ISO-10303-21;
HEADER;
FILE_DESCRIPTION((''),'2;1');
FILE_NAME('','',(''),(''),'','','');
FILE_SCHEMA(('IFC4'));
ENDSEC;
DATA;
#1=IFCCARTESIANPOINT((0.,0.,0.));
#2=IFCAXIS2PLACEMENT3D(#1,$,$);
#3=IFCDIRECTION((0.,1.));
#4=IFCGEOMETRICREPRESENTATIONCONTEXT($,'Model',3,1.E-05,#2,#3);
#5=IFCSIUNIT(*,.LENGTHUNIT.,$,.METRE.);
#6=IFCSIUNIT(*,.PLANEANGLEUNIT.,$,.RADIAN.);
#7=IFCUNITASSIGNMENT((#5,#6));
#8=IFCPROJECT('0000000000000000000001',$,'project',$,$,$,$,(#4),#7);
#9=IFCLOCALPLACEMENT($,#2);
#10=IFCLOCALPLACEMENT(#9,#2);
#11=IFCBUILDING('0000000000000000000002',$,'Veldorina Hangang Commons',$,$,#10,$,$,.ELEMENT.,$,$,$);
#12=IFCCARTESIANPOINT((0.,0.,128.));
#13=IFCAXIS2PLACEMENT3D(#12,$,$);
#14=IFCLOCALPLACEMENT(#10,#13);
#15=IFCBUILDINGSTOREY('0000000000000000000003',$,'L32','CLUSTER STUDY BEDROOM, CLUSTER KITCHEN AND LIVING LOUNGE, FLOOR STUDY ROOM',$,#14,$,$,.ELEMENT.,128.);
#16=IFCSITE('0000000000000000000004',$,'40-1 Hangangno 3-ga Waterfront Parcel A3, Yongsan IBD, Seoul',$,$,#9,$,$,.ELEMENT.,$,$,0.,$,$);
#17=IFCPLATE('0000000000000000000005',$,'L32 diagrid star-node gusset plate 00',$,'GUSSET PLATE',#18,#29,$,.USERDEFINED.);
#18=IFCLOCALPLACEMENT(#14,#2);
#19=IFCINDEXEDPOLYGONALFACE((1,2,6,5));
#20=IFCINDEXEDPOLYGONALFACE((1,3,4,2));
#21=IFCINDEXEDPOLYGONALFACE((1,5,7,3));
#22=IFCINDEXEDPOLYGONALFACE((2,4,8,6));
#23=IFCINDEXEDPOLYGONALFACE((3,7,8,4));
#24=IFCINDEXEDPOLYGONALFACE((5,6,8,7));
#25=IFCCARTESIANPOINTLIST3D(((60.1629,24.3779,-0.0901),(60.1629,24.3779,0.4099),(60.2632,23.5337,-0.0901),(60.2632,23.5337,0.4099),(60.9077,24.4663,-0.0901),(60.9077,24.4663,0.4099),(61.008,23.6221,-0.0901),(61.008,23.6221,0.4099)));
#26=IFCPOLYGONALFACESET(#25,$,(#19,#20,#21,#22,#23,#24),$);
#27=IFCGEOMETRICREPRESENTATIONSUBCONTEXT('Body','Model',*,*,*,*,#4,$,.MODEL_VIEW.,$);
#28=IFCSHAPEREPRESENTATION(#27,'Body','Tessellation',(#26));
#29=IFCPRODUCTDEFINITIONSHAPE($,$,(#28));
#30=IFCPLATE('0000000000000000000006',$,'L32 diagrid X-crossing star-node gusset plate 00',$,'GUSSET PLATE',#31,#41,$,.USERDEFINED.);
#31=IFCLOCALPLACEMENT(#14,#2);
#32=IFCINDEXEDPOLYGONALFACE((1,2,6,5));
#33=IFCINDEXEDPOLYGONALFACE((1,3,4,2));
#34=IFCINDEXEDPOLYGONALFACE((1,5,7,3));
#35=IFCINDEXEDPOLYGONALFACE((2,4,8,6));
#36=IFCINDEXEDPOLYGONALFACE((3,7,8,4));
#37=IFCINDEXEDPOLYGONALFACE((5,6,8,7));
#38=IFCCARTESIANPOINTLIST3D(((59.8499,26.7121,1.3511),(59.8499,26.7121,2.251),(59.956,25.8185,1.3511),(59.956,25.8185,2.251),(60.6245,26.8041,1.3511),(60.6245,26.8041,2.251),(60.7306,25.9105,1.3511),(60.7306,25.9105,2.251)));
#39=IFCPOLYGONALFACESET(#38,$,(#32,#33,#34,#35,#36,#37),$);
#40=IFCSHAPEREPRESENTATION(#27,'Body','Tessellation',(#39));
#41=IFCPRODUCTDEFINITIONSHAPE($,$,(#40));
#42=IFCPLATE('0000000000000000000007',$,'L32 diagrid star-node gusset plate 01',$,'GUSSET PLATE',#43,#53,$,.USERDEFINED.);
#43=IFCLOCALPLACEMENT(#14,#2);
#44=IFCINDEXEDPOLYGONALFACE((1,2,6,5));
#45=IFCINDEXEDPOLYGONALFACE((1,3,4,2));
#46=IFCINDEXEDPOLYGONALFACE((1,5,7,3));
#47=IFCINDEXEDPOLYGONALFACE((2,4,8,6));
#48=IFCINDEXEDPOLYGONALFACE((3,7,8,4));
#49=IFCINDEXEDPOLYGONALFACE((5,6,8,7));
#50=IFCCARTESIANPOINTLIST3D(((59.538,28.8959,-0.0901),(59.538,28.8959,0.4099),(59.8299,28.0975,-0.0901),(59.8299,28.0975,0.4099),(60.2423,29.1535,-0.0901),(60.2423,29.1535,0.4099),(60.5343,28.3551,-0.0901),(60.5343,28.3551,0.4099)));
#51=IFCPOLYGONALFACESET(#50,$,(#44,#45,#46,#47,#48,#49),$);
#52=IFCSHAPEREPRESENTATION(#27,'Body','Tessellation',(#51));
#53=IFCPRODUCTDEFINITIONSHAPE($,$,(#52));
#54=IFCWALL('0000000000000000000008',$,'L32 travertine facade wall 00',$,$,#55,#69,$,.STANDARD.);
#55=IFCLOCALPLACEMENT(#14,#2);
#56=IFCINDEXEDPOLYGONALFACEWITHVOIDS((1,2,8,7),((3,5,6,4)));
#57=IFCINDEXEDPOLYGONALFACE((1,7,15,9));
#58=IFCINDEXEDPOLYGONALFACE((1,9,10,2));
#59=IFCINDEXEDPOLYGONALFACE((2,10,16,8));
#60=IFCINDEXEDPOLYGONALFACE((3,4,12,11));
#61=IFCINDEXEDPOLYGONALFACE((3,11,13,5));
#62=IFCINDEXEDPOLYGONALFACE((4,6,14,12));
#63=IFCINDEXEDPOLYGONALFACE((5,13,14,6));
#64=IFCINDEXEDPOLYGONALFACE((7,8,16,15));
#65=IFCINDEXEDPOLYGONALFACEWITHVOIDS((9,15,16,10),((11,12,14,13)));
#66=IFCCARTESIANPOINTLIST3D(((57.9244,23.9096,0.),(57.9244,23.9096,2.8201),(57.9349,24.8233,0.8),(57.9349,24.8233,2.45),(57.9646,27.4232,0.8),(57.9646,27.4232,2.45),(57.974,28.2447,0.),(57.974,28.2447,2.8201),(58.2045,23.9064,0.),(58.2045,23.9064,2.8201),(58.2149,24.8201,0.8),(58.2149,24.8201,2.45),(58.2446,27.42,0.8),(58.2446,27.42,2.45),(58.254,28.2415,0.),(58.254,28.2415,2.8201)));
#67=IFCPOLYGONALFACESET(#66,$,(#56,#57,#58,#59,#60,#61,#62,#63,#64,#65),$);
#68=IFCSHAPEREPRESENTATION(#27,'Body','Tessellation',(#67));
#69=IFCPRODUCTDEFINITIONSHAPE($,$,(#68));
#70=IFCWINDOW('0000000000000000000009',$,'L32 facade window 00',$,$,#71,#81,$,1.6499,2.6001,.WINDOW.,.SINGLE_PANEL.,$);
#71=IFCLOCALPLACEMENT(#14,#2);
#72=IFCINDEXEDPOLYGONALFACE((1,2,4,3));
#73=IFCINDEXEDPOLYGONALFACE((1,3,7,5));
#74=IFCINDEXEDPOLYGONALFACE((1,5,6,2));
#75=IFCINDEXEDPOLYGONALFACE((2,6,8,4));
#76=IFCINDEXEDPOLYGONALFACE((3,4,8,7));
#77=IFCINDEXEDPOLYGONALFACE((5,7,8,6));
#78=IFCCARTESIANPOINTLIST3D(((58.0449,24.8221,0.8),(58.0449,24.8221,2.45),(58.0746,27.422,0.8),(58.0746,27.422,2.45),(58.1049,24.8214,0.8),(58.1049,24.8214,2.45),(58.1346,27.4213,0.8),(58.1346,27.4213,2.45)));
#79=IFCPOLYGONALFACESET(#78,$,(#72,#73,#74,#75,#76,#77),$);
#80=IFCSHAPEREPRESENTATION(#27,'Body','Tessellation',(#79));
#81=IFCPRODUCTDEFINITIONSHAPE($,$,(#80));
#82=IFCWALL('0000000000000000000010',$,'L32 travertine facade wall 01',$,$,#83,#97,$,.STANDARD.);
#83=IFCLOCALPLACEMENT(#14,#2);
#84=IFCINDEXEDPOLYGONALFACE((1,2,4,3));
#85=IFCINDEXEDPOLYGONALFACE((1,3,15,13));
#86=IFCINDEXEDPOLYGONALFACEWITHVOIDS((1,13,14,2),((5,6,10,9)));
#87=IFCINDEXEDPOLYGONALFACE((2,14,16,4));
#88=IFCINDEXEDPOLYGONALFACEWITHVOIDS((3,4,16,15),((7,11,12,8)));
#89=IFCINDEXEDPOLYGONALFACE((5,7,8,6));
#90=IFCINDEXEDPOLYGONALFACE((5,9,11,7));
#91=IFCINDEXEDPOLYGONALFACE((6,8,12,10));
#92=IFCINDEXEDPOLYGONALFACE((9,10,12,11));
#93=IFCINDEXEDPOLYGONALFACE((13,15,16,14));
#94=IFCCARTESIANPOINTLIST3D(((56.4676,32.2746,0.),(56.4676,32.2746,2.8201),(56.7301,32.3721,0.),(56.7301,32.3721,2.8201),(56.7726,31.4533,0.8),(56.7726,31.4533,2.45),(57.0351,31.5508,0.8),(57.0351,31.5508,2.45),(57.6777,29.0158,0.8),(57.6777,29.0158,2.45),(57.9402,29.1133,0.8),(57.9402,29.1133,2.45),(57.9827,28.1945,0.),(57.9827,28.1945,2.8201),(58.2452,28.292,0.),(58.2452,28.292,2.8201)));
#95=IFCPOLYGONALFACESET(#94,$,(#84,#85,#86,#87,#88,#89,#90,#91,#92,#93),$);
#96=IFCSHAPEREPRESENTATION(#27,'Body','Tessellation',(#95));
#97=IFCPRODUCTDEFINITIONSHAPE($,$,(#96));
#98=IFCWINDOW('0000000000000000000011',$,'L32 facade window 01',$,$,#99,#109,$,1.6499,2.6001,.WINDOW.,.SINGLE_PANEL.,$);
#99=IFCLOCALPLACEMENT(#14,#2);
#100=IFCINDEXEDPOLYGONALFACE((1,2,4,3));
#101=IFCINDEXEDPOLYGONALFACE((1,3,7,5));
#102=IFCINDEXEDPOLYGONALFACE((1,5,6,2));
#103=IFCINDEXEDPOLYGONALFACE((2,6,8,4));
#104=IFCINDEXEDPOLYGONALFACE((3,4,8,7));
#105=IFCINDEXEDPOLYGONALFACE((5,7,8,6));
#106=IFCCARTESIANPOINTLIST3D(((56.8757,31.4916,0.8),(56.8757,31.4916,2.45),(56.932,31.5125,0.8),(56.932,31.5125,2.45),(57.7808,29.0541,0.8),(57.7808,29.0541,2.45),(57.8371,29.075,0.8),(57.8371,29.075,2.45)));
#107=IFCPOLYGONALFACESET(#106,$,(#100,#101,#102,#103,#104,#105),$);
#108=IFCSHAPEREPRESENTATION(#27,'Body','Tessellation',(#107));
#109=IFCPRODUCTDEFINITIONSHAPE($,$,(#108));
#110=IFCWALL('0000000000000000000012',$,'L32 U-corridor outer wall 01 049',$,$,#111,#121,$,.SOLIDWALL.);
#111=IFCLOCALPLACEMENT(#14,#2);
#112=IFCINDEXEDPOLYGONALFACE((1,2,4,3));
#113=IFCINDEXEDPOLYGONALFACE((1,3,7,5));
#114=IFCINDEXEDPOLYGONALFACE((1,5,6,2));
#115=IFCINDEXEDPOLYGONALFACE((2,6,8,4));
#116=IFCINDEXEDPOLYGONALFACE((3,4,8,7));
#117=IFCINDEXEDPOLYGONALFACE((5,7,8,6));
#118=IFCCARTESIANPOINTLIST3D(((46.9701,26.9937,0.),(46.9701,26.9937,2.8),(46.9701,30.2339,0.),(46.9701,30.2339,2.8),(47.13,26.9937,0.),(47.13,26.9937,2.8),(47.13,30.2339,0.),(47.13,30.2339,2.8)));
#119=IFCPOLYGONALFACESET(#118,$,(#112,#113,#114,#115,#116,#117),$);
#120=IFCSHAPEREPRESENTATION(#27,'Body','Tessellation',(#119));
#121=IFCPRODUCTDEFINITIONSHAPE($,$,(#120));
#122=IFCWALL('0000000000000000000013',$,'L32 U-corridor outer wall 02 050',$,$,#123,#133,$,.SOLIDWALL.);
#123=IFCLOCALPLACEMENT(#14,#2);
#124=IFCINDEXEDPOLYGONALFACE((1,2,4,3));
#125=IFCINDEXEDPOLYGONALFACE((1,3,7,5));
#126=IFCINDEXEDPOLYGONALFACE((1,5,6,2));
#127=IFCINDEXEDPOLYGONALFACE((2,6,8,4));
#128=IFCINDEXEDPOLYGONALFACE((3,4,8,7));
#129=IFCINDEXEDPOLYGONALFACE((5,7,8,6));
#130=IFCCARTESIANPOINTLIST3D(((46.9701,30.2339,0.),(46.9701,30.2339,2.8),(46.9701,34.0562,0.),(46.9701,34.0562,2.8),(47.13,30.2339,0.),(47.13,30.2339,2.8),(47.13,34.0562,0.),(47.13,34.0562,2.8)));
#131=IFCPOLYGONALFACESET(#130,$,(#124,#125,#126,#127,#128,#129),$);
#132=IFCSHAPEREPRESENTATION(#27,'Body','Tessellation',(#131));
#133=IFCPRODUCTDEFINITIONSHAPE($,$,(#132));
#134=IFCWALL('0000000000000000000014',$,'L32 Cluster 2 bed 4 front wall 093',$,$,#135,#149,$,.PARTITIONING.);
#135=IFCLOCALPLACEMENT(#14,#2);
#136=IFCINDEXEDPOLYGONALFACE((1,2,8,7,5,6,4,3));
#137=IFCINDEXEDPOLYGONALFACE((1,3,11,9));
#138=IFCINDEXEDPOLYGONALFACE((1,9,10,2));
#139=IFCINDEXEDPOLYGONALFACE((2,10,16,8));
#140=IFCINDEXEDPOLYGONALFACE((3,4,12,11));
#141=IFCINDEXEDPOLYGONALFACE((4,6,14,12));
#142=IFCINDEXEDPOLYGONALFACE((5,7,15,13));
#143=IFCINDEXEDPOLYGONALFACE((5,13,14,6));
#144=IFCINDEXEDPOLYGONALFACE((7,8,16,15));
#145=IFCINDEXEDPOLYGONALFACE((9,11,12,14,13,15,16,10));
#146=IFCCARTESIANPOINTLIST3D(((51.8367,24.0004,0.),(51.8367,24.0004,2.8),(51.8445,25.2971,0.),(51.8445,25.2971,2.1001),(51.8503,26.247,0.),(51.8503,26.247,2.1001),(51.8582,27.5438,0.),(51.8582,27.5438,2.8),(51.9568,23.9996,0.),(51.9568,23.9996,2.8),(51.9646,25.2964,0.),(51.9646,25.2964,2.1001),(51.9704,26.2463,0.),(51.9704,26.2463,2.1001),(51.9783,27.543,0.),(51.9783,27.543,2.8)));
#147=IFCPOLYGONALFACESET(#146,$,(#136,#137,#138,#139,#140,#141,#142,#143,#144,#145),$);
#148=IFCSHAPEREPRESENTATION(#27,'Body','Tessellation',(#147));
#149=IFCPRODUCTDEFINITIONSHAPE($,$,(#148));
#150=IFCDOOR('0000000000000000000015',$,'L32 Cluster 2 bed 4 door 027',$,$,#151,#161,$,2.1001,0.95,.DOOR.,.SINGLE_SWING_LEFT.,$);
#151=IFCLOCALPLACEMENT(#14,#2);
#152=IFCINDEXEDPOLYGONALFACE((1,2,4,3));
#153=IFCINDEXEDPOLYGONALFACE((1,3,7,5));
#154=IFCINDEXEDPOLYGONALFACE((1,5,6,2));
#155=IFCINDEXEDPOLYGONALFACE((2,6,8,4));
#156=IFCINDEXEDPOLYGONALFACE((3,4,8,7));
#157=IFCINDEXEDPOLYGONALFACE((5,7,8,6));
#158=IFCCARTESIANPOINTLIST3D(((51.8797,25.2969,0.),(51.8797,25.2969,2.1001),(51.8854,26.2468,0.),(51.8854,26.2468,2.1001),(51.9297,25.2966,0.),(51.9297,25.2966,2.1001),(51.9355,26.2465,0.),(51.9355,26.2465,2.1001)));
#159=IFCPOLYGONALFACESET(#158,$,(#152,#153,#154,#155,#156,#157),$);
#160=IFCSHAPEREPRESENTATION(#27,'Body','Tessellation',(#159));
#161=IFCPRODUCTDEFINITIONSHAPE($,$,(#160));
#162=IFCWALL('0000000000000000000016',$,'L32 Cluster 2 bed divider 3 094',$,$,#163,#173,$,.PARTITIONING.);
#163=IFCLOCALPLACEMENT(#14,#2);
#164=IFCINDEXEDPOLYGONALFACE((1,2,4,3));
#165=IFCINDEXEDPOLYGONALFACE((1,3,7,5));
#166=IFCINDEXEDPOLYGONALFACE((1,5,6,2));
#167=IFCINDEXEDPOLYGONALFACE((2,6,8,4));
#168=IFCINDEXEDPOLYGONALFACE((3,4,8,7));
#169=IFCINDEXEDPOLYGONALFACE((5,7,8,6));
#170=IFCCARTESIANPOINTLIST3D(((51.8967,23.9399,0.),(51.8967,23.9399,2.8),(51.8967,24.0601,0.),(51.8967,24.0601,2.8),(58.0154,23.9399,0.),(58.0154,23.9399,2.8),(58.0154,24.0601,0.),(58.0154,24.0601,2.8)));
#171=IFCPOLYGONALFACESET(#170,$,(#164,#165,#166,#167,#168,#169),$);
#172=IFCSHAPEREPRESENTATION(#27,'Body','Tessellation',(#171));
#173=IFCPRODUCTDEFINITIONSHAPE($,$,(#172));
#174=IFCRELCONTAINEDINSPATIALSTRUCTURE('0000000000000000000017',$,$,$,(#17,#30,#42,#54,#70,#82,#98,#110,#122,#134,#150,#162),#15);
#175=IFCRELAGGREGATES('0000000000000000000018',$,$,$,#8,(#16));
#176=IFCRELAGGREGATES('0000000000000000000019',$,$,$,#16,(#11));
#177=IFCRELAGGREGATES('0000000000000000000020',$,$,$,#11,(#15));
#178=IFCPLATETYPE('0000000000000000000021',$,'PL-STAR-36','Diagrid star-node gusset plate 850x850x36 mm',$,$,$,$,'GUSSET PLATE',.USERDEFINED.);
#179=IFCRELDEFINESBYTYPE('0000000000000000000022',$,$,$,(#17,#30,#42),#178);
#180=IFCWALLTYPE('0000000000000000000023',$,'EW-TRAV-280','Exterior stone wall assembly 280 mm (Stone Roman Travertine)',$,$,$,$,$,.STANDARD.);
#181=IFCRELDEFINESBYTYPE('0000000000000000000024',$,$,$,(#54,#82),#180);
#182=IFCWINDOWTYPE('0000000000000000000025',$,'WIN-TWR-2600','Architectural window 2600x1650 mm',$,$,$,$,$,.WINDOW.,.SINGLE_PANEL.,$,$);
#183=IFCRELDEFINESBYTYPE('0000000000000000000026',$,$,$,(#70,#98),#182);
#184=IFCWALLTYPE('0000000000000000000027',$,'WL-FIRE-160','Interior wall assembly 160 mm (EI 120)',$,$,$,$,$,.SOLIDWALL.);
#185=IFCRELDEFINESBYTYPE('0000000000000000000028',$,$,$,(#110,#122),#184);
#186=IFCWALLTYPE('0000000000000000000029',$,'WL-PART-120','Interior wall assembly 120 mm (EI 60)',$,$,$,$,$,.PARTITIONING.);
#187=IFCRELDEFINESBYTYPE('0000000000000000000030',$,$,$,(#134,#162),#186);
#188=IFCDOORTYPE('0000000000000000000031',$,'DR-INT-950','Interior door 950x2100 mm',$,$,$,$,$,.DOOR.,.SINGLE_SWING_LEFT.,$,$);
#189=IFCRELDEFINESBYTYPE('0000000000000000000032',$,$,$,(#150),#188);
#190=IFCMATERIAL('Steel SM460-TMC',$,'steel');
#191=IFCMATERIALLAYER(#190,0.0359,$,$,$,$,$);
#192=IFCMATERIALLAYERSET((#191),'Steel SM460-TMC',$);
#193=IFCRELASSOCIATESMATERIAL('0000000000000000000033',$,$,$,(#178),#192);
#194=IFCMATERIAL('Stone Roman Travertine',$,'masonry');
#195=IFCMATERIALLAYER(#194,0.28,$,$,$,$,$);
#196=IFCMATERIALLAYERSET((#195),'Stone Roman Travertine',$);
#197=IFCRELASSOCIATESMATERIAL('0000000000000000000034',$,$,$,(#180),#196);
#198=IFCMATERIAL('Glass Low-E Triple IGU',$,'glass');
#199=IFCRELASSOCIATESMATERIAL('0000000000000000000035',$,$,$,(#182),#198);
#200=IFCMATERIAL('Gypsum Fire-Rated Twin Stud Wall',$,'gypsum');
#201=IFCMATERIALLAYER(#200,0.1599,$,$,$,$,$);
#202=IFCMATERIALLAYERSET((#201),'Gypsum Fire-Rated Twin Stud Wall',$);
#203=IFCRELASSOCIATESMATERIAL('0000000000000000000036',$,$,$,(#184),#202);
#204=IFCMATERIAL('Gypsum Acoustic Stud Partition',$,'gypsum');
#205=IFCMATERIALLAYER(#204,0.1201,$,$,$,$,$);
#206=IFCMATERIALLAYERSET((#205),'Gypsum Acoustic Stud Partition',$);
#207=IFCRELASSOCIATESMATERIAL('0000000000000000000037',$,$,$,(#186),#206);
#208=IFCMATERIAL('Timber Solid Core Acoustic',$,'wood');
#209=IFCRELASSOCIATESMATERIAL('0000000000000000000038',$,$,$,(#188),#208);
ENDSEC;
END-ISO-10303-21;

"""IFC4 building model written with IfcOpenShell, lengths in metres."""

from ifc_helpers import new_model, si_unit, direction, frame, frame_2d, origin, origin_2d, place, context, subcontext, project, spatial, rectangle, extrude, material, layer, layer_set, type_object, element, fill, save


model = new_model("IFC4")

# Units and contexts
model_context = context("Model", 3, precision=1e-05, world=origin(), true_north=direction((0.0, 1.0)))
body_context = subcontext(model_context, "Body", "Model", "MODEL_VIEW")
ifc_project = project(units=[si_unit("LENGTHUNIT", "METRE"), si_unit("PLANEANGLEUNIT", "RADIAN")], contexts=[model_context])

# Site, building, storey
site_placement = place(None, origin())
site = spatial("IfcSite", under=ifc_project, at=site_placement, Name="40-1 Hangangno 3-ga Waterfront Parcel A3, Yongsan IBD, Seoul", CompositionType="ELEMENT", RefElevation=0.0)
building_placement = place(site_placement, origin())
building = spatial("IfcBuilding", under=site, at=building_placement, Name="Veldorina Hangang Commons", CompositionType="ELEMENT")
storey_placement = place(building_placement, frame((0.0, 0.0, 128.0)))
storey = spatial("IfcBuildingStorey", under=building, at=storey_placement, Name="L32", Description="CLUSTER STUDY BEDROOM, CLUSTER KITCHEN AND LIVING LOUNGE, FLOOR STUDY ROOM", CompositionType="ELEMENT", Elevation=128.0)

# Shared definitions
ifc_material_1 = material(Name="Glass Low-E Triple IGU", Category="glass")

# Plates
ifc_material_2 = material(Name="Steel SM460-TMC", Category="steel")
ifc_layer_1 = layer(ifc_material_2, 0.0359)
ifc_layer_set_1 = layer_set([ifc_layer_1], Name="Steel SM460-TMC")
plate_type = type_object("IfcPlateType", Name="PL-STAR-36", Description="Diagrid star-node gusset plate 850x850x36 mm", ElementType="GUSSET PLATE", PredefinedType="USERDEFINED", material=ifc_layer_set_1)
plate_1_placement = place(storey_placement, frame((60.5854, 24.0, -0.0901), z_axis=(0.0, 0.0, 1.0), x_axis=(-0.117919, 0.993023, 0.0)))
element("IfcPlate", 1, at=plate_1_placement, inside=storey, type_object=plate_type, Name="L32 diagrid star-node gusset plate 00", ObjectType="GUSSET PLATE", PredefinedType="USERDEFINED", context=body_context, shape_type="SweptSolid", body=[
    extrude(rectangle(XDim=0.8501, YDim=0.75, at=origin_2d()), origin(), (0.0, 0.0, 1.0), 0.5),
])
plate_2_placement = place(storey_placement, frame((60.2903, 26.3113, 1.3511), z_axis=(0.0, 0.0, 1.0), x_axis=(-0.117919, 0.993023, 0.0)))
element("IfcPlate", 2, at=plate_2_placement, inside=storey, type_object=plate_type, Name="L32 diagrid X-crossing star-node gusset plate 00", ObjectType="GUSSET PLATE", PredefinedType="USERDEFINED", context=body_context, shape_type="SweptSolid", body=[
    extrude(rectangle(XDim=0.8999, YDim=0.78, at=origin_2d()), origin(), (0.0, 0.0, 1.0), 0.8999),
])
plate_3_placement = place(storey_placement, frame((60.0361, 28.6255, -0.0901), z_axis=(0.0, 0.0, 1.0), x_axis=(-0.343463, 0.939166, 0.0)))
element("IfcPlate", 3, at=plate_3_placement, inside=storey, type_object=plate_type, Name="L32 diagrid star-node gusset plate 01", ObjectType="GUSSET PLATE", PredefinedType="USERDEFINED", context=body_context, shape_type="SweptSolid", body=[
    extrude(rectangle(XDim=0.8501, YDim=0.75, at=origin_2d()), origin(), (0.0, 0.0, 1.0), 0.5),
])

# Walls, openings, windows
ifc_material_3 = material(Name="Stone Roman Travertine", Category="masonry")
ifc_layer_2 = layer(ifc_material_3, 0.28)
ifc_layer_set_2 = layer_set([ifc_layer_2], Name="Stone Roman Travertine")
wall_type_1 = type_object("IfcWallType", Name="EW-TRAV-280", Description="Exterior stone wall assembly 280 mm (Stone Roman Travertine)", PredefinedType="STANDARD", material=ifc_layer_set_2)
wall_1_placement = place(storey_placement, frame((58.0645, 23.908, 0.0), z_axis=(0.0, 0.0, 1.0), x_axis=(0.011431, 0.999935, 0.0)))
wall_1 = element("IfcWall", 4, at=wall_1_placement, inside=storey, type_object=wall_type_1, Name="L32 travertine facade wall 00", PredefinedType="STANDARD", context=body_context, shape_type="SweptSolid", body=[
    extrude(rectangle(XDim=4.3354, YDim=0.28, at=frame_2d((2.1677, 0.0))), origin(), (0.0, 0.0, 1.0), 2.8201),
])
opening_1_placement = place(wall_1_placement, frame((0.9138, 0.0, 0.8)))
opening_1 = element("IfcOpeningElement", 5, at=opening_1_placement, cuts=wall_1, PredefinedType="OPENING", context=body_context, shape_type="SweptSolid", body=[
    extrude(rectangle(XDim=2.6001, YDim=1.6499, at=frame_2d((1.3, 0.825))), frame((0.0, 0.1499, 0.0), z_axis=(0.0, -1.0, 0.0), x_axis=(1.0, 0.0, 0.0)), (0.0, 0.0, 1.0), 0.3),
])
window_type = type_object("IfcWindowType", Name="WIN-TWR-2600", Description="Architectural window 2600x1650 mm", PartitioningType="SINGLE_PANEL", PredefinedType="WINDOW", material=ifc_material_1)
window_1_placement = place(opening_1_placement, origin())
window_1 = element("IfcWindow", 6, at=window_1_placement, inside=storey, type_object=window_type, Name="L32 facade window 00", OverallHeight=1.6499, OverallWidth=2.6001, PartitioningType="SINGLE_PANEL", PredefinedType="WINDOW", context=body_context, shape_type="SweptSolid", body=[
    extrude(rectangle(XDim=2.6001, YDim=1.6499, at=frame_2d((1.3, 0.825))), frame((0.0, 0.03, 0.0), z_axis=(0.0, -1.0, 0.0), x_axis=(1.0, 0.0, 0.0)), (0.0, 0.0, 1.0), 0.0601),
])
fill(opening_1, window_1)
wall_2_placement = place(storey_placement, frame((58.114, 28.2432, 0.0), z_axis=(0.0, 0.0, 1.0), x_axis=(-0.348122, 0.937449, 0.0)))
wall_2 = element("IfcWall", 7, at=wall_2_placement, inside=storey, type_object=wall_type_1, Name="L32 travertine facade wall 01", PredefinedType="STANDARD", context=body_context, shape_type="SweptSolid", body=[
    extrude(rectangle(XDim=4.3523, YDim=0.28, at=frame_2d((2.1763, 0.0))), origin(), (0.0, 0.0, 1.0), 2.8201),
])
opening_2_placement = place(wall_2_placement, frame((0.8762, 0.0, 0.8)))
opening_2 = element("IfcOpeningElement", 8, at=opening_2_placement, cuts=wall_2, PredefinedType="OPENING", context=body_context, shape_type="SweptSolid", body=[
    extrude(rectangle(XDim=2.6001, YDim=1.6499, at=frame_2d((1.3, 0.825))), frame((0.0, 0.1499, 0.0), z_axis=(0.0, -1.0, 0.0), x_axis=(1.0, 0.0, 0.0)), (0.0, 0.0, 1.0), 0.3),
])
window_2_placement = place(opening_2_placement, origin())
window_2 = element("IfcWindow", 9, at=window_2_placement, inside=storey, type_object=window_type, Name="L32 facade window 01", OverallHeight=1.6499, OverallWidth=2.6001, PartitioningType="SINGLE_PANEL", PredefinedType="WINDOW", context=body_context, shape_type="SweptSolid", body=[
    extrude(rectangle(XDim=2.6001, YDim=1.6499, at=frame_2d((1.3, 0.825))), frame((0.0, 0.03, 0.0), z_axis=(0.0, -1.0, 0.0), x_axis=(1.0, 0.0, 0.0)), (0.0, 0.0, 1.0), 0.0601),
])
fill(opening_2, window_2)

# Walls
ifc_material_4 = material(Name="Gypsum Fire-Rated Twin Stud Wall", Category="gypsum")
ifc_layer_3 = layer(ifc_material_4, 0.1599)
ifc_layer_set_3 = layer_set([ifc_layer_3], Name="Gypsum Fire-Rated Twin Stud Wall")
wall_type_2 = type_object("IfcWallType", Name="WL-FIRE-160", Description="Interior wall assembly 160 mm (EI 120)", PredefinedType="SOLIDWALL", material=ifc_layer_set_3)
wall_3_placement = place(storey_placement, frame((47.05, 26.9937, 0.0), z_axis=(0.0, 0.0, 1.0), x_axis=(0.0, 1.0, 0.0)))
element("IfcWall", 10, at=wall_3_placement, inside=storey, type_object=wall_type_2, Name="L32 U-corridor outer wall 01 049", PredefinedType="SOLIDWALL", context=body_context, shape_type="SweptSolid", body=[
    extrude(rectangle(XDim=3.2402, YDim=0.1599, at=frame_2d((1.6201, 0.0))), origin(), (0.0, 0.0, 1.0), 2.8),
])
wall_4_placement = place(storey_placement, frame((47.05, 30.2339, 0.0), z_axis=(0.0, 0.0, 1.0), x_axis=(0.0, 1.0, 0.0)))
element("IfcWall", 11, at=wall_4_placement, inside=storey, type_object=wall_type_2, Name="L32 U-corridor outer wall 02 050", PredefinedType="SOLIDWALL", context=body_context, shape_type="SweptSolid", body=[
    extrude(rectangle(XDim=3.8223, YDim=0.1599, at=frame_2d((1.9111, 0.0))), origin(), (0.0, 0.0, 1.0), 2.8),
])

# Wall, opening, door
ifc_material_5 = material(Name="Gypsum Acoustic Stud Partition", Category="gypsum")
ifc_layer_4 = layer(ifc_material_5, 0.1201)
ifc_layer_set_4 = layer_set([ifc_layer_4], Name="Gypsum Acoustic Stud Partition")
wall_type_3 = type_object("IfcWallType", Name="WL-PART-120", Description="Interior wall assembly 120 mm (EI 60)", PredefinedType="PARTITIONING", material=ifc_layer_set_4)
wall_5_placement = place(storey_placement, frame((51.8967, 24.0, 0.0), z_axis=(0.0, 0.0, 1.0), x_axis=(0.006063, 0.999982, 0.0)))
wall_5 = element("IfcWall", 12, at=wall_5_placement, inside=storey, type_object=wall_type_3, Name="L32 Cluster 2 bed 4 front wall 093", PredefinedType="PARTITIONING", context=body_context, shape_type="SweptSolid", body=[
    extrude(rectangle(XDim=3.5435, YDim=0.1201, at=frame_2d((1.7717, 0.0))), origin(), (0.0, 0.0, 1.0), 2.8),
])
opening_3_placement = place(wall_5_placement, frame((1.2966, 0.0, 0.0)))
opening_3 = element("IfcOpeningElement", 13, at=opening_3_placement, cuts=wall_5, PredefinedType="OPENING", context=body_context, shape_type="SweptSolid", body=[
    extrude(rectangle(XDim=0.95, YDim=2.1001, at=frame_2d((0.4751, 1.05))), frame((0.0, 0.0701, 0.0), z_axis=(0.0, -1.0, 0.0), x_axis=(1.0, 0.0, 0.0)), (0.0, 0.0, 1.0), 0.1401),
])
ifc_material_6 = material(Name="Timber Solid Core Acoustic", Category="wood")
door_type = type_object("IfcDoorType", Name="DR-INT-950", Description="Interior door 950x2100 mm", OperationType="SINGLE_SWING_LEFT", PredefinedType="DOOR", material=ifc_material_6)
door_1_placement = place(opening_3_placement, origin())
door_1 = element("IfcDoor", 14, at=door_1_placement, inside=storey, type_object=door_type, Name="L32 Cluster 2 bed 4 door 027", OperationType="SINGLE_SWING_LEFT", OverallHeight=2.1001, OverallWidth=0.95, PredefinedType="DOOR", context=body_context, shape_type="SweptSolid", body=[
    extrude(rectangle(XDim=0.95, YDim=2.1001, at=frame_2d((0.4751, 1.05))), frame((0.0, 0.0249, 0.0), z_axis=(0.0, -1.0, 0.0), x_axis=(1.0, 0.0, 0.0)), (0.0, 0.0, 1.0), 0.05),
])
fill(opening_3, door_1)

# Wall
wall_6_placement = place(storey_placement, frame((51.8967, 24.0, 0.0), z_axis=(0.0, 0.0, 1.0), x_axis=(1.0, 0.0, 0.0)))
element("IfcWall", 15, at=wall_6_placement, inside=storey, type_object=wall_type_3, Name="L32 Cluster 2 bed divider 3 094", PredefinedType="PARTITIONING", context=body_context, shape_type="SweptSolid", body=[
    extrude(rectangle(XDim=6.1187, YDim=0.1201, at=frame_2d((3.0593, 0.0))), origin(), (0.0, 0.0, 1.0), 2.8),
])

save(model, "model.ifc")
